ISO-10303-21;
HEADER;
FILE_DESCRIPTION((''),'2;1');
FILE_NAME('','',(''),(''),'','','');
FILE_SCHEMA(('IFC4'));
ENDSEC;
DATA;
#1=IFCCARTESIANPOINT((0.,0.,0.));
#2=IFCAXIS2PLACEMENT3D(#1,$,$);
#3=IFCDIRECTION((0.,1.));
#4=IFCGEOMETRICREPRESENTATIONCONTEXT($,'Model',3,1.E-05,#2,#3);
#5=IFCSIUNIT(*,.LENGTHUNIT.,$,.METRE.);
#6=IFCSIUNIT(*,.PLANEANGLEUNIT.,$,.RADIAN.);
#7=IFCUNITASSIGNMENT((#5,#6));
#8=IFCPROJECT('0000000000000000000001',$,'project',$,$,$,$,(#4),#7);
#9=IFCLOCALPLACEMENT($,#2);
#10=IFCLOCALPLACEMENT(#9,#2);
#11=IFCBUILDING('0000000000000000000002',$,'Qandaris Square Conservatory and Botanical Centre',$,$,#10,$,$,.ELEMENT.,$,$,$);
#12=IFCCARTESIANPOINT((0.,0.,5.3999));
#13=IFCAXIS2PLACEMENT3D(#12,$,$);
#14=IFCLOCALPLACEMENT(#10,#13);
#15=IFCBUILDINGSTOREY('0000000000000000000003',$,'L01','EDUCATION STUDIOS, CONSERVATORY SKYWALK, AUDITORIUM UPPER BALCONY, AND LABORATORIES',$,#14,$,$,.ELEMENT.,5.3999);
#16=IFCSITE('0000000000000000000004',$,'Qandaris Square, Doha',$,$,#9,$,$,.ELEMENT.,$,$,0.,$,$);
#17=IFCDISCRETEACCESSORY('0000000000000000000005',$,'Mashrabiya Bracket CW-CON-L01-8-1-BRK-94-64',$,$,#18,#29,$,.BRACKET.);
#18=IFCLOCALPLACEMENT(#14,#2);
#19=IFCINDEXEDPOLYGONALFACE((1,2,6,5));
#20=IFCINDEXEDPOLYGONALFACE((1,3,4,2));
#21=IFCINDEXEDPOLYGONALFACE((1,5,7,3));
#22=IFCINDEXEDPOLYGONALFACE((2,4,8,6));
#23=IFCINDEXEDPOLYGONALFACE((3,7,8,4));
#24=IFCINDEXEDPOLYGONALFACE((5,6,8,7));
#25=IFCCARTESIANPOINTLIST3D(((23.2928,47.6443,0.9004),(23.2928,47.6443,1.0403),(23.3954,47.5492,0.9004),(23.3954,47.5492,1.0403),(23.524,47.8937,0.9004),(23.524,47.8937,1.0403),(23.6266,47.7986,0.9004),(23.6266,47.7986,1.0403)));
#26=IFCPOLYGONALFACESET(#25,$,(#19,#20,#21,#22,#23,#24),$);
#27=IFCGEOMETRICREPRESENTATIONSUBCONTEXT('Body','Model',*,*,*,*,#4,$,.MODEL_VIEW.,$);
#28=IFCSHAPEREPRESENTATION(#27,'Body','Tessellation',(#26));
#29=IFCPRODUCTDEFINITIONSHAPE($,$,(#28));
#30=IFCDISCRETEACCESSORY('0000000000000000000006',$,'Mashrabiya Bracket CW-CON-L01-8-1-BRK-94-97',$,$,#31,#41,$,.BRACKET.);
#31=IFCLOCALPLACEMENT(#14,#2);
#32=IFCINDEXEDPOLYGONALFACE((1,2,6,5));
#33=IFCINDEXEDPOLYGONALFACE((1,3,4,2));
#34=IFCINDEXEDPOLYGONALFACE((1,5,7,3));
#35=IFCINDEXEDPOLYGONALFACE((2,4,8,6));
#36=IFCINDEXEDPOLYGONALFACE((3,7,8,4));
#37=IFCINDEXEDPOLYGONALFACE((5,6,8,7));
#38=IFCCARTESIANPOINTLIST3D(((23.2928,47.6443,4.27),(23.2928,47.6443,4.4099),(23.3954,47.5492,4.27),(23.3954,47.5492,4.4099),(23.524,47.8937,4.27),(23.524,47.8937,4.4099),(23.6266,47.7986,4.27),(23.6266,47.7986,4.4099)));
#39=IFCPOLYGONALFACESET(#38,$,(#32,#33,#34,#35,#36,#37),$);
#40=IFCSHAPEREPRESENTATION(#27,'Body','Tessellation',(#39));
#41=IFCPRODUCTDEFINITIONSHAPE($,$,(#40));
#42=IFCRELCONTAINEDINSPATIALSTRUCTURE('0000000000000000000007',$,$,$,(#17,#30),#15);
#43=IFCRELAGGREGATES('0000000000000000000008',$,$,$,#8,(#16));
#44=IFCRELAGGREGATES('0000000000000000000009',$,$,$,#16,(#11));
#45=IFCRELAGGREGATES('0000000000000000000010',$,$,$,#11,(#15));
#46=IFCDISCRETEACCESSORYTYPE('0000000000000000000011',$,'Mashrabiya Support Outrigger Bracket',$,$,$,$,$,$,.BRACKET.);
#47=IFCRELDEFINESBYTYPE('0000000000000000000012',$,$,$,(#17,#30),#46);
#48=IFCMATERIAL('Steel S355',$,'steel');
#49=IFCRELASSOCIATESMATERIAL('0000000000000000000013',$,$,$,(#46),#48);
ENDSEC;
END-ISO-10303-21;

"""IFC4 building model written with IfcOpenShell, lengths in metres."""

from ifc_helpers import new_model, si_unit, direction, frame, origin, origin_2d, place, context, subcontext, project, spatial, rectangle, extrude, material, type_object, element, save


model = new_model("IFC4")

# Units and contexts
model_context = context("Model", 3, precision=1e-05, world=origin(), true_north=direction((0.0, 1.0)))
body_context = subcontext(model_context, "Body", "Model", "MODEL_VIEW")
ifc_project = project(units=[si_unit("LENGTHUNIT", "METRE"), si_unit("PLANEANGLEUNIT", "RADIAN")], contexts=[model_context])

# Site, building, storey
site_placement = place(None, origin())
site = spatial("IfcSite", under=ifc_project, at=site_placement, Name="Qandaris Square, Doha", CompositionType="ELEMENT", RefElevation=0.0)
building_placement = place(site_placement, origin())
building = spatial("IfcBuilding", under=site, at=building_placement, Name="Qandaris Square Conservatory and Botanical Centre", CompositionType="ELEMENT")
storey_placement = place(building_placement, frame((0.0, 0.0, 5.3999)))
storey = spatial("IfcBuildingStorey", under=building, at=storey_placement, Name="L01", Description="EDUCATION STUDIOS, CONSERVATORY SKYWALK, AUDITORIUM UPPER BALCONY, AND LABORATORIES", CompositionType="ELEMENT", Elevation=5.3999)

# Discrete accessories
ifc_material_1 = material(Name="Steel S355", Category="steel")
discrete_accessory_type = type_object("IfcDiscreteAccessoryType", Name="Mashrabiya Support Outrigger Bracket", PredefinedType="BRACKET", material=ifc_material_1)
for number, where, z_axis, x_axis, name in (
    (1, (23.4597, 47.7214, 0.9004), (0.0, 0.0, 1.0), (0.733433, -0.679762, 0.0), "Mashrabiya Bracket CW-CON-L01-8-1-BRK-94-64"),
    (2, (23.4597, 47.7214, 4.27), (0.0, 0.0, 1.0), (0.733433, -0.679762, 0.0), "Mashrabiya Bracket CW-CON-L01-8-1-BRK-94-97"),
):
    element("IfcDiscreteAccessory", number, at=place(storey_placement, frame(where, z_axis=z_axis, x_axis=x_axis)), inside=storey, type_object=discrete_accessory_type, Name=name, PredefinedType="BRACKET", context=body_context, shape_type="SweptSolid", body=[
        extrude(rectangle(XDim=0.1399, YDim=0.3401, at=origin_2d()), origin(), (0.0, 0.0, 1.0), 0.1399),
    ])

save(model, "model.ifc")
